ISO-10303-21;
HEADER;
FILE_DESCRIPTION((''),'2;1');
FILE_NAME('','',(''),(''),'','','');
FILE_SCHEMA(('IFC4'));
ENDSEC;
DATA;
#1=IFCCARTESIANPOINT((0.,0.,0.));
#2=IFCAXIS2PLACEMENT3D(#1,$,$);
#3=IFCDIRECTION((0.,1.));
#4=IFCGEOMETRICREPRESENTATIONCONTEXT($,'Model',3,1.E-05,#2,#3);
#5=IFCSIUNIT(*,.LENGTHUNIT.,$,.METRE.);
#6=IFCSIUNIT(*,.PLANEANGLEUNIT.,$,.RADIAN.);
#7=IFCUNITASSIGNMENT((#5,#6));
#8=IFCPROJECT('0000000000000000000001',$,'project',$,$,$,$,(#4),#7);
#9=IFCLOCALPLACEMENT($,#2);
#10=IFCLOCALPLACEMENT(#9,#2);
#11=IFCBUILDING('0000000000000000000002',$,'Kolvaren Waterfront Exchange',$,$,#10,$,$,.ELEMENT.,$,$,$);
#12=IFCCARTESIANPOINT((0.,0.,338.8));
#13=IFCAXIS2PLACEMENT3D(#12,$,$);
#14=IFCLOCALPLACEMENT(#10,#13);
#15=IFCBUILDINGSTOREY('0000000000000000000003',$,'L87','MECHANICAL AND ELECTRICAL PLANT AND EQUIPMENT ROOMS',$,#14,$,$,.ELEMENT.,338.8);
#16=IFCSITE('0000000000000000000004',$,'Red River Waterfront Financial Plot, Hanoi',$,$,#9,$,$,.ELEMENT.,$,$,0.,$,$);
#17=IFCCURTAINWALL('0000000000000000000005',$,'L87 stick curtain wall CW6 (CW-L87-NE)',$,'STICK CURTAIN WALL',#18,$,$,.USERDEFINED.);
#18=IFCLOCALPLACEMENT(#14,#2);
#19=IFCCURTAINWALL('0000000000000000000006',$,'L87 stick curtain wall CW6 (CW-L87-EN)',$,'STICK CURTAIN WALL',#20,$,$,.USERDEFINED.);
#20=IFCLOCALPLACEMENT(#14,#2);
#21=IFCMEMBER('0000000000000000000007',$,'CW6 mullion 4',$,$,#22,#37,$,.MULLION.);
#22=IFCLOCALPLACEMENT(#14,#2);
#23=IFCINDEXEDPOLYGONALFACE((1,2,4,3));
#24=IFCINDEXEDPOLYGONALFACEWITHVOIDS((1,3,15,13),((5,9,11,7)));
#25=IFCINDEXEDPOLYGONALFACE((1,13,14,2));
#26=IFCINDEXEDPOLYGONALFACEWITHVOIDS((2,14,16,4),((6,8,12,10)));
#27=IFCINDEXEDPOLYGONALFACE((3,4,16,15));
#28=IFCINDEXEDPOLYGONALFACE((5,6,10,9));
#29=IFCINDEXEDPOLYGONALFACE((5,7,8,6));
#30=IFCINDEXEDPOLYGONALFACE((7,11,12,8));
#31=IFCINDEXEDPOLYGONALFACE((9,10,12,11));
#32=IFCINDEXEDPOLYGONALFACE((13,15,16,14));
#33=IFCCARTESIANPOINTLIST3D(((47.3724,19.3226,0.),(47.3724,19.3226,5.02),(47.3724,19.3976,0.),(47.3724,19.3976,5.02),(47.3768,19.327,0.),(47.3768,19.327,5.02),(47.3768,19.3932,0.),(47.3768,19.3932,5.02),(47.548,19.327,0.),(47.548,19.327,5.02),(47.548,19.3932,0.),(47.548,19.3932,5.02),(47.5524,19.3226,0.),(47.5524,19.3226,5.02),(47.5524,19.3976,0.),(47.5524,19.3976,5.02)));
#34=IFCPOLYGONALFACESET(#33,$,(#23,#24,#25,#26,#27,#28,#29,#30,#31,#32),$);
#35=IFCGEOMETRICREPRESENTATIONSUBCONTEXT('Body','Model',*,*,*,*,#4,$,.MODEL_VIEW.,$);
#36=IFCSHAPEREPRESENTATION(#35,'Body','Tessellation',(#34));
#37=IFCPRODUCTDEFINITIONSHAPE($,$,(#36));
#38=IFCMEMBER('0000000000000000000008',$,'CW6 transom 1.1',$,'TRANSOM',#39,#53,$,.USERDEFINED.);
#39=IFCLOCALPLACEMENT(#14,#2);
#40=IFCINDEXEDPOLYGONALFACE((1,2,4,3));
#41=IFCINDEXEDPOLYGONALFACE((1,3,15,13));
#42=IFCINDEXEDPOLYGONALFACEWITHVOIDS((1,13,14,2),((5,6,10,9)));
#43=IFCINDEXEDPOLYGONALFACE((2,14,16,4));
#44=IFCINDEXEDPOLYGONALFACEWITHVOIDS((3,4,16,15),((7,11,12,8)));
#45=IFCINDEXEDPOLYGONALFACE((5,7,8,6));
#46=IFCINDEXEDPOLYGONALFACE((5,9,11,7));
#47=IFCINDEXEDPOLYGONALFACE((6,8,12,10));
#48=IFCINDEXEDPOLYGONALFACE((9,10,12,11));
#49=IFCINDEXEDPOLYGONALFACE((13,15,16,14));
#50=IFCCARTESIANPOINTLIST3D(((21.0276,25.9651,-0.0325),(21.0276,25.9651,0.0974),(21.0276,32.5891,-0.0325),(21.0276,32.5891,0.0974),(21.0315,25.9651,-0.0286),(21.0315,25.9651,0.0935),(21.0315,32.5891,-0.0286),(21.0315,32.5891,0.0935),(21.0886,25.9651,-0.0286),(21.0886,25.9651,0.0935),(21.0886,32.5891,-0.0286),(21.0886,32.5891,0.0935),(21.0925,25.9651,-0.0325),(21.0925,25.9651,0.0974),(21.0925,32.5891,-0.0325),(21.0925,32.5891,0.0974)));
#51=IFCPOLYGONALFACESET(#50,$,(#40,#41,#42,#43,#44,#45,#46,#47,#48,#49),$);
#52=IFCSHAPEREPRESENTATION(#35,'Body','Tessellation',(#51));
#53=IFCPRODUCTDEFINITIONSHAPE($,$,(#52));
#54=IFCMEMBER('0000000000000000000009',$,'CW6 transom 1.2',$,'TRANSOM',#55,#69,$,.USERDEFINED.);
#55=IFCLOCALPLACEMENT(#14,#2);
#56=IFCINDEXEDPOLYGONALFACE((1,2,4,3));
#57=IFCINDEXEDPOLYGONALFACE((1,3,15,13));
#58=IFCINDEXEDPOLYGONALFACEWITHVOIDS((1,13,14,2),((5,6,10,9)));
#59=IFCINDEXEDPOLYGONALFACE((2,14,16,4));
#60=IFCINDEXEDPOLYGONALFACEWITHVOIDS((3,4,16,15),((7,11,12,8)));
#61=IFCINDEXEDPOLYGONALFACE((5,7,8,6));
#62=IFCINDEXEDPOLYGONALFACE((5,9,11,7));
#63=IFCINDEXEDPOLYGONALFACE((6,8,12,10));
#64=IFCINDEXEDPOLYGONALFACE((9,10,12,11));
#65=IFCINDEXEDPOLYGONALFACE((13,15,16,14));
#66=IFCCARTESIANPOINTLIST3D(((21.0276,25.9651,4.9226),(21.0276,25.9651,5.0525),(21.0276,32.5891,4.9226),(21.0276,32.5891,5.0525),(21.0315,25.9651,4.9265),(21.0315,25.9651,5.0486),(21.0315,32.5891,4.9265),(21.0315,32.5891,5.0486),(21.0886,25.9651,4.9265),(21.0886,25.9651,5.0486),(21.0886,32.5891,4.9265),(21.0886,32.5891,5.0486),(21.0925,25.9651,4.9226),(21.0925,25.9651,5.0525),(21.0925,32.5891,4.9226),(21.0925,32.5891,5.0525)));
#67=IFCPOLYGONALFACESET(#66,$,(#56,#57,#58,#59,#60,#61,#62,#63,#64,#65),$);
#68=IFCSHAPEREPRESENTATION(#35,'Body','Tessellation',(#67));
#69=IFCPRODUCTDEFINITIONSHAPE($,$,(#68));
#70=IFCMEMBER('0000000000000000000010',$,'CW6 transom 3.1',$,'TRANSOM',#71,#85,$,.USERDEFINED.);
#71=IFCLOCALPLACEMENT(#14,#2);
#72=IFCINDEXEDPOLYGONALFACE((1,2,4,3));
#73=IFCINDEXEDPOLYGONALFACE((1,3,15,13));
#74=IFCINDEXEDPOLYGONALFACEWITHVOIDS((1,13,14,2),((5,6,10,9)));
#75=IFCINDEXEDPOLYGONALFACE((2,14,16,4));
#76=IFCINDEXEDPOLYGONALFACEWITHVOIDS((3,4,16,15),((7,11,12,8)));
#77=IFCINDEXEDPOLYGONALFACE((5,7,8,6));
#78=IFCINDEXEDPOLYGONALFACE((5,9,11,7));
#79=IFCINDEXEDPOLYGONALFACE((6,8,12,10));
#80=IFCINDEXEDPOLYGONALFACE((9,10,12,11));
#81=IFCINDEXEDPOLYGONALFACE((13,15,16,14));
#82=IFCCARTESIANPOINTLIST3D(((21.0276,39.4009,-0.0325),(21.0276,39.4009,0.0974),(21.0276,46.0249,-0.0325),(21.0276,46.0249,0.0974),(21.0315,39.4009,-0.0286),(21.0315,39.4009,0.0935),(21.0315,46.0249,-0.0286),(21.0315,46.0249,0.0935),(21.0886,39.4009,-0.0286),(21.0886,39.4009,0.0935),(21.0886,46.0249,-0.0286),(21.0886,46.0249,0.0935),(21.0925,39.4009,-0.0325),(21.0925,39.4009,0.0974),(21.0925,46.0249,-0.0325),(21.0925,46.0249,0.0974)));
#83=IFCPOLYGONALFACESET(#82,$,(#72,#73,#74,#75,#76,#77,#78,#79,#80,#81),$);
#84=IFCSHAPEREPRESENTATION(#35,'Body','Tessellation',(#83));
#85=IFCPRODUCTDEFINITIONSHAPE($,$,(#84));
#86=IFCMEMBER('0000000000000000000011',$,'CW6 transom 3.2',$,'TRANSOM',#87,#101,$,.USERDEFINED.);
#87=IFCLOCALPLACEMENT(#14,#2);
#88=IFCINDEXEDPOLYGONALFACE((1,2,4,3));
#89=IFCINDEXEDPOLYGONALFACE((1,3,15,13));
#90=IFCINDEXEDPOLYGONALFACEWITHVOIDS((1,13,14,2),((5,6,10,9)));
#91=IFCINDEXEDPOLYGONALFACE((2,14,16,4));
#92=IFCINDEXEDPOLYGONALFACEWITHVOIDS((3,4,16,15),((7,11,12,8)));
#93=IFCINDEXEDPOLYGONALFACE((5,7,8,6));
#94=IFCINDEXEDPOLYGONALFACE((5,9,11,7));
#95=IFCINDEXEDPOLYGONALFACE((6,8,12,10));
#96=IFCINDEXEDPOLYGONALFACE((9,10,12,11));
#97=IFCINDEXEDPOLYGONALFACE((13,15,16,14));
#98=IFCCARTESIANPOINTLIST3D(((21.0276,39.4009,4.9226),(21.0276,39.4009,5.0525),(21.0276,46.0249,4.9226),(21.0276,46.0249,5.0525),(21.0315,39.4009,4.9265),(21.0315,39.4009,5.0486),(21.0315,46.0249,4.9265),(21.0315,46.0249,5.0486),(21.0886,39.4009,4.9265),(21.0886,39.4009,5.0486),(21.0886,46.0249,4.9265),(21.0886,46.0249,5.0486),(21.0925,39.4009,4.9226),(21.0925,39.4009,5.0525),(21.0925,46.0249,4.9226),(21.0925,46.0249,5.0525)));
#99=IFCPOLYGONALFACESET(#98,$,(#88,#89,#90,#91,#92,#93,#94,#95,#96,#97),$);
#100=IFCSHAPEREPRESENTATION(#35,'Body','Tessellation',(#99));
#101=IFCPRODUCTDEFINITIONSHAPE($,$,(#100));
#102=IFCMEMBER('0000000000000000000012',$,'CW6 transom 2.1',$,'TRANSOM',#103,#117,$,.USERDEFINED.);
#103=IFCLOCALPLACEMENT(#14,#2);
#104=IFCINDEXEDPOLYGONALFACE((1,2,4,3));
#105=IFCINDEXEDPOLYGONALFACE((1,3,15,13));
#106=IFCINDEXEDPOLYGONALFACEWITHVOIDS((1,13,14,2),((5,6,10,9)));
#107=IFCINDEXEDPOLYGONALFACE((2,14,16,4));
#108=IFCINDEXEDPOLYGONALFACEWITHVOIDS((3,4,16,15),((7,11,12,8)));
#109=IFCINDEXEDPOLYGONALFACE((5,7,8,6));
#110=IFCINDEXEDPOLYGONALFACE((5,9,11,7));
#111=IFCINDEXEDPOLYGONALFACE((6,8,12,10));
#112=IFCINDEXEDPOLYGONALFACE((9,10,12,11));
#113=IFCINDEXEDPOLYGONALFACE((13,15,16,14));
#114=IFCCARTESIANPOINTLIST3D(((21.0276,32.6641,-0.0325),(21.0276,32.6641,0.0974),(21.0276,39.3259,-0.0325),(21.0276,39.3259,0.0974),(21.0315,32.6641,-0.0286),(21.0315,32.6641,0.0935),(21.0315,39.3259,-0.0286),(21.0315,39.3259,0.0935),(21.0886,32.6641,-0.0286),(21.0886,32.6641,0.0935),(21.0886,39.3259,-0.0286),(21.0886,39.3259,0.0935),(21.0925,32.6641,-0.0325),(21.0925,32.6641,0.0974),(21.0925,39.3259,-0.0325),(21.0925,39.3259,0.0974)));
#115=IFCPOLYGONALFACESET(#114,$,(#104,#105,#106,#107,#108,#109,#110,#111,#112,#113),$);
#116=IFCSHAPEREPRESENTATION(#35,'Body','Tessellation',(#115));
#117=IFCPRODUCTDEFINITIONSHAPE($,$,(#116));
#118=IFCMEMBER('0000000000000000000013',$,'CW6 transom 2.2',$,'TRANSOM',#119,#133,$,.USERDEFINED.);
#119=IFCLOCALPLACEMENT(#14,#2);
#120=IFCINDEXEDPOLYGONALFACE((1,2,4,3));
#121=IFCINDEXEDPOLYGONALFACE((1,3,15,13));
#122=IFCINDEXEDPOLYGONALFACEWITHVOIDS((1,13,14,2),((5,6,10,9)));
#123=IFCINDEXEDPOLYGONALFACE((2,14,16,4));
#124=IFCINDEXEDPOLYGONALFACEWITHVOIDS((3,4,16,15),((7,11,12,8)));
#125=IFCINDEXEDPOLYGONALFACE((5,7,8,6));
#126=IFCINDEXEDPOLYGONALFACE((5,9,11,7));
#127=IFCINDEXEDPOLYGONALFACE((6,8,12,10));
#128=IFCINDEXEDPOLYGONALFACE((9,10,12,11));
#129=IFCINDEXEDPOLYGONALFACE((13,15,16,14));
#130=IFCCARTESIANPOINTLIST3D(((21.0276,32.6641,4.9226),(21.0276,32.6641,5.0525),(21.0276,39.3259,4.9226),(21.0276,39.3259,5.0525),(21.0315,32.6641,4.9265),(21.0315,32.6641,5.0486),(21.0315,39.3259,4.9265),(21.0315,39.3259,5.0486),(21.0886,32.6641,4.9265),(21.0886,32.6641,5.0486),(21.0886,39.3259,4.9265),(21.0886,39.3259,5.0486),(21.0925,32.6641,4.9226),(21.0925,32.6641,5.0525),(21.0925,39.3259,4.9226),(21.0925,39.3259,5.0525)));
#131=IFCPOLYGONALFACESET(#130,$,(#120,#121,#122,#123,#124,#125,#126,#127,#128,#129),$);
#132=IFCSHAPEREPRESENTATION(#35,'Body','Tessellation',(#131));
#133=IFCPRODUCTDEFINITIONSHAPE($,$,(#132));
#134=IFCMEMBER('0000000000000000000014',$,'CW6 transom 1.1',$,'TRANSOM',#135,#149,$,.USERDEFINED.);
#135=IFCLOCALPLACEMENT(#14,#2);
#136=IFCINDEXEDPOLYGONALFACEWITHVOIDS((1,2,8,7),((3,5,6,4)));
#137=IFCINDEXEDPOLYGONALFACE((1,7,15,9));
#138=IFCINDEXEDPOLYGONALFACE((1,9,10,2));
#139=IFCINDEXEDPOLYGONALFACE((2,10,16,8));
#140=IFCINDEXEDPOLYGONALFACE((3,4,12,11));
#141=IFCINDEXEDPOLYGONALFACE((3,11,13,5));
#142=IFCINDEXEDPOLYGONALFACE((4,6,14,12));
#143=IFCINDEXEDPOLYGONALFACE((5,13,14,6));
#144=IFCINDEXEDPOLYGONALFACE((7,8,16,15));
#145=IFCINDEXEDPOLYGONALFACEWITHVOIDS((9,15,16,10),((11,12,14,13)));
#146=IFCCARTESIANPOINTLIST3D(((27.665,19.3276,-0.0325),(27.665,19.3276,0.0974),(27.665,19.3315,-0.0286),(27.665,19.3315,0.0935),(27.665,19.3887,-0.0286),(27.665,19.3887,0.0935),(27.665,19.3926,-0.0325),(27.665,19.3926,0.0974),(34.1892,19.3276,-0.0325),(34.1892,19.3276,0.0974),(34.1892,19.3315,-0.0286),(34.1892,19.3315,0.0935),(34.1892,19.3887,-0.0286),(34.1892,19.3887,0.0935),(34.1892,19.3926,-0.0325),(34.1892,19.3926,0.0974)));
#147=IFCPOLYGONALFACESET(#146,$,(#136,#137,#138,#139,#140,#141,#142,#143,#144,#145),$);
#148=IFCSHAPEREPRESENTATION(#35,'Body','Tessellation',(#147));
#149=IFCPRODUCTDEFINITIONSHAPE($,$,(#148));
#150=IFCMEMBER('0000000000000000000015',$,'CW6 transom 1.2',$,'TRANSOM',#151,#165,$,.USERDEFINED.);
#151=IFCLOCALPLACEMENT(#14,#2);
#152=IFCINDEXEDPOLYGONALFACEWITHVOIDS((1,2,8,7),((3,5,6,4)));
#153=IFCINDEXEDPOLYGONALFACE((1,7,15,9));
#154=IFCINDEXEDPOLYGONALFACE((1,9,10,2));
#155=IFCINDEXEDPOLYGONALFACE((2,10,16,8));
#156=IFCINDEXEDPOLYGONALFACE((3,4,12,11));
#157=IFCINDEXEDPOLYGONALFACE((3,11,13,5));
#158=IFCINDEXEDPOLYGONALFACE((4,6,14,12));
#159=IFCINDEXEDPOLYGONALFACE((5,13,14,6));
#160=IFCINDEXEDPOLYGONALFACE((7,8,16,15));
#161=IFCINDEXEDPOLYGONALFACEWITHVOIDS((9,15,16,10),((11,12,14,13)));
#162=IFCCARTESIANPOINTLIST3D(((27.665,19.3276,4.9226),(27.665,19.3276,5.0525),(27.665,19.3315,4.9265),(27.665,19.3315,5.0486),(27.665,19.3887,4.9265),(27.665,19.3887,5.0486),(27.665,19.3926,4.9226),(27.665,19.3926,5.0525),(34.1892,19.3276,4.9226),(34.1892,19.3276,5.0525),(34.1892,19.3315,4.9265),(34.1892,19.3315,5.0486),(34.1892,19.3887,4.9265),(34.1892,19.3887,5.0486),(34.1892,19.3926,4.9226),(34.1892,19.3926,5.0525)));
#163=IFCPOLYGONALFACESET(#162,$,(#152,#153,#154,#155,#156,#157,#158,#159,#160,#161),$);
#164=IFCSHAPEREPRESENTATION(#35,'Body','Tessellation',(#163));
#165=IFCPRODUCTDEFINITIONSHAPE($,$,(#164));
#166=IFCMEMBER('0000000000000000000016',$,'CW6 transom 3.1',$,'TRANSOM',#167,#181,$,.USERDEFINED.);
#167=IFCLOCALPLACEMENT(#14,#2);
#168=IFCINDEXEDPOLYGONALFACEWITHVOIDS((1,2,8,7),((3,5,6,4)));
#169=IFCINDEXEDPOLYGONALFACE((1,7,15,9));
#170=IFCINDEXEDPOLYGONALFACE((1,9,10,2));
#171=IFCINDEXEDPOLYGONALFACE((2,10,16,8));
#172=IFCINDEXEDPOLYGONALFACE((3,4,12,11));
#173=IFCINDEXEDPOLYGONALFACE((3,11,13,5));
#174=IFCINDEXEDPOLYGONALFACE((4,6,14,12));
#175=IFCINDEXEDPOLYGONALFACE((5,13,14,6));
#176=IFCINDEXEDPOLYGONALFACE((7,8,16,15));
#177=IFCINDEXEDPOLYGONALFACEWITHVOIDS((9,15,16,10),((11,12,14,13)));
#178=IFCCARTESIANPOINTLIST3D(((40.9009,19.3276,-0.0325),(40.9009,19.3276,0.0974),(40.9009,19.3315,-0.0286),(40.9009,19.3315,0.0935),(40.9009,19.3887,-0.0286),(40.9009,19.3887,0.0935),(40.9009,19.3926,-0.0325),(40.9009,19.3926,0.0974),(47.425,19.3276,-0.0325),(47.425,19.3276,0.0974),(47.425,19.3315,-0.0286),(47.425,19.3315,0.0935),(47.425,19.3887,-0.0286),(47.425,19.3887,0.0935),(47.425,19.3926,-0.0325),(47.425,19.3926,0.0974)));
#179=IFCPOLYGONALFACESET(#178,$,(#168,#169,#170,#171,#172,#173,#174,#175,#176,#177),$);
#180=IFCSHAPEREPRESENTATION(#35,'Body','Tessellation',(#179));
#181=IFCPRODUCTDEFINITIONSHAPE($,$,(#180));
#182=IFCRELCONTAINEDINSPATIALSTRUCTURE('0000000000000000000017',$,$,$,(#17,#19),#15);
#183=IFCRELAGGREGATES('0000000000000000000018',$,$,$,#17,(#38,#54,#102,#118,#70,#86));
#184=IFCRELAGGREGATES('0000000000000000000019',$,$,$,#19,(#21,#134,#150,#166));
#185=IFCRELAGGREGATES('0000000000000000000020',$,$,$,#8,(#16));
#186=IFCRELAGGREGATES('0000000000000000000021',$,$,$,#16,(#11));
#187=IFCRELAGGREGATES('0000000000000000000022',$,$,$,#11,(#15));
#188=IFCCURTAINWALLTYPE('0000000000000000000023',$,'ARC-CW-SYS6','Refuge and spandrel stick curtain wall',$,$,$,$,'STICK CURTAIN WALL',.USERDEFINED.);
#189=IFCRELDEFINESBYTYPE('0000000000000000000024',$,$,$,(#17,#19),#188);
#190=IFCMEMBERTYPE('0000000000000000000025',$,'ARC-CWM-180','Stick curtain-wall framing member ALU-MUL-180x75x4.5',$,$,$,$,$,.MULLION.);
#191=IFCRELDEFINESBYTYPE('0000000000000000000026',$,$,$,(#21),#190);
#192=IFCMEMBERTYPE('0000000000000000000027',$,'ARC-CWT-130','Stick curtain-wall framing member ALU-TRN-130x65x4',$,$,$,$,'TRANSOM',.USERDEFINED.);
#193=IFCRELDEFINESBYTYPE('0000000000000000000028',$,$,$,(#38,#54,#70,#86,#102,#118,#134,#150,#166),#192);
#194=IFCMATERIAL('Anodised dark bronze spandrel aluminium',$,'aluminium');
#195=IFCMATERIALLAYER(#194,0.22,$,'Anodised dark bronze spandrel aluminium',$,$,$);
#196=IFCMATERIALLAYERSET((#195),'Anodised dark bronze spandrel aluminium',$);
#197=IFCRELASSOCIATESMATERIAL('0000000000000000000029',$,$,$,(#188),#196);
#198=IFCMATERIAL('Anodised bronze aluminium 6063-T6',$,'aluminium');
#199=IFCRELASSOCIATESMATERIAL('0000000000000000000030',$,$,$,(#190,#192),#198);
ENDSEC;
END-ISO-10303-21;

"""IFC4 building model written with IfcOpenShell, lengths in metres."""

from ifc_helpers import new_model, si_unit, direction, frame, origin, origin_with_axes, origin_2d, place, context, subcontext, project, spatial, hollow_rectangle, extrude, source, transform, mapped, material, layer, layer_set, material_profile, profile_set, type_object, element, aggregate, save


model = new_model("IFC4")

# Units and contexts
model_context = context("Model", 3, precision=1e-05, world=origin(), true_north=direction((0.0, 1.0)))
body_context = subcontext(model_context, "Body", "Model", "MODEL_VIEW")
ifc_project = project(units=[si_unit("LENGTHUNIT", "METRE"), si_unit("PLANEANGLEUNIT", "RADIAN")], contexts=[model_context])

# Site, building, storey
site_placement = place(None, origin())
site = spatial("IfcSite", under=ifc_project, at=site_placement, Name="Red River Waterfront Financial Plot, Hanoi", CompositionType="ELEMENT", RefElevation=0.0)
building_placement = place(site_placement, origin())
building = spatial("IfcBuilding", under=site, at=building_placement, Name="Kolvaren Waterfront Exchange", CompositionType="ELEMENT")
storey_placement = place(building_placement, frame((0.0, 0.0, 338.8)))
storey = spatial("IfcBuildingStorey", under=building, at=storey_placement, Name="L87", Description="MECHANICAL AND ELECTRICAL PLANT AND EQUIPMENT ROOMS", CompositionType="ELEMENT", Elevation=338.8)

# Curtain walls, member
ifc_material_1 = material(Name="Anodised dark bronze spandrel aluminium", Category="aluminium")
ifc_layer_1 = layer(ifc_material_1, 0.22, Name="Anodised dark bronze spandrel aluminium")
ifc_layer_set_1 = layer_set([ifc_layer_1], Name="Anodised dark bronze spandrel aluminium")
curtain_wall_type = type_object("IfcCurtainWallType", Name="ARC-CW-SYS6", Description="Refuge and spandrel stick curtain wall", ElementType="STICK CURTAIN WALL", PredefinedType="USERDEFINED", material=ifc_layer_set_1)
curtain_wall_1_placement = place(storey_placement, origin())
curtain_wall_1 = element("IfcCurtainWall", 1, at=curtain_wall_1_placement, inside=storey, type_object=curtain_wall_type, Name="L87 stick curtain wall CW6 (CW-L87-NE)", ObjectType="STICK CURTAIN WALL", PredefinedType="USERDEFINED")
ifc_material_2 = material(Name="Anodised bronze aluminium 6063-T6", Category="aluminium")
ifc_material_profile_1 = material_profile(ifc_material_2, hollow_rectangle(XDim=0.075, YDim=0.1799, WallThickness=0.0044, at=origin_2d()), Name="ALU-MUL-180x75x4.5")
ifc_profile_set_1 = profile_set([ifc_material_profile_1], Name="Anodised bronze aluminium 6063-T6")
member_type_1 = type_object("IfcMemberType", Name="ARC-CWM-180", Description="Stick curtain-wall framing member ALU-MUL-180x75x4.5", PredefinedType="MULLION", material=ifc_profile_set_1)
shared_shape_1 = source(origin_with_axes(), body_context, "Body", "SweptSolid", [
    extrude(hollow_rectangle(XDim=0.075, YDim=0.1799, WallThickness=0.0044, at=origin_2d()), origin(), (0.0, 0.0, 1.0), 5.02),
])
curtain_wall_2_placement = place(storey_placement, origin())
curtain_wall_2 = element("IfcCurtainWall", 2, at=curtain_wall_2_placement, inside=storey, type_object=curtain_wall_type, Name="L87 stick curtain wall CW6 (CW-L87-EN)", ObjectType="STICK CURTAIN WALL", PredefinedType="USERDEFINED")
member_1_placement = place(storey_placement, frame((47.4624, 19.3601, 0.0), z_axis=(0.0, 0.0, 1.0), x_axis=(0.0, 1.0, 0.0)))
member_1 = element("IfcMember", 3, at=member_1_placement, type_object=member_type_1, Name="CW6 mullion 4", PredefinedType="MULLION", context=body_context, shape_type="MappedRepresentation", body=[
    mapped(shared_shape_1, transform((0.0, 0.0, 0.0), x_axis=(1.0, 0.0, 0.0), y_axis=(0.0, 1.0, 0.0), z_axis=(0.0, 0.0, 1.0), scale=1.0)),
])

# Members
ifc_material_profile_2 = material_profile(ifc_material_2, hollow_rectangle(XDim=0.0649, YDim=0.1299, WallThickness=0.0039, at=origin_2d()), Name="ALU-TRN-130x65x4")
ifc_profile_set_2 = profile_set([ifc_material_profile_2], Name="Anodised bronze aluminium 6063-T6")
member_type_2 = type_object("IfcMemberType", Name="ARC-CWT-130", Description="Stick curtain-wall framing member ALU-TRN-130x65x4", ElementType="TRANSOM", PredefinedType="USERDEFINED", material=ifc_profile_set_2)
shared_shape_2 = source(origin_with_axes(), body_context, "Body", "SweptSolid", [
    extrude(hollow_rectangle(XDim=0.0649, YDim=0.1299, WallThickness=0.0039, at=origin_2d()), origin(), (0.0, 0.0, 1.0), 6.624),
])
member_2_placement = place(storey_placement, frame((21.0601, 25.9651, 0.0325), z_axis=(0.0, 1.0, 0.0), x_axis=(-1.0, 0.0, 0.0)))
member_2 = element("IfcMember", 4, at=member_2_placement, type_object=member_type_2, Name="CW6 transom 1.1", ObjectType="TRANSOM", PredefinedType="USERDEFINED", context=body_context, shape_type="MappedRepresentation", body=[
    mapped(shared_shape_2, transform((0.0, 0.0, 0.0), x_axis=(1.0, 0.0, 0.0), y_axis=(0.0, 1.0, 0.0), z_axis=(0.0, 0.0, 1.0), scale=1.0)),
])
member_3_placement = place(storey_placement, frame((21.0601, 25.9651, 4.9875), z_axis=(0.0, 1.0, 0.0), x_axis=(-1.0, 0.0, 0.0)))
member_3 = element("IfcMember", 5, at=member_3_placement, type_object=member_type_2, Name="CW6 transom 1.2", ObjectType="TRANSOM", PredefinedType="USERDEFINED", context=body_context, shape_type="MappedRepresentation", body=[
    mapped(shared_shape_2, transform((0.0, 0.0, 0.0), x_axis=(1.0, 0.0, 0.0), y_axis=(0.0, 1.0, 0.0), z_axis=(0.0, 0.0, 1.0), scale=1.0)),
])
member_4_placement = place(storey_placement, frame((21.0601, 39.4009, 0.0325), z_axis=(0.0, 1.0, 0.0), x_axis=(-1.0, 0.0, 0.0)))
member_4 = element("IfcMember", 6, at=member_4_placement, type_object=member_type_2, Name="CW6 transom 3.1", ObjectType="TRANSOM", PredefinedType="USERDEFINED", context=body_context, shape_type="MappedRepresentation", body=[
    mapped(shared_shape_2, transform((0.0, 0.0, 0.0), x_axis=(1.0, 0.0, 0.0), y_axis=(0.0, 1.0, 0.0), z_axis=(0.0, 0.0, 1.0), scale=1.0)),
])
member_5_placement = place(storey_placement, frame((21.0601, 39.4009, 4.9875), z_axis=(0.0, 1.0, 0.0), x_axis=(-1.0, 0.0, 0.0)))
member_5 = element("IfcMember", 7, at=member_5_placement, type_object=member_type_2, Name="CW6 transom 3.2", ObjectType="TRANSOM", PredefinedType="USERDEFINED", context=body_context, shape_type="MappedRepresentation", body=[
    mapped(shared_shape_2, transform((0.0, 0.0, 0.0), x_axis=(1.0, 0.0, 0.0), y_axis=(0.0, 1.0, 0.0), z_axis=(0.0, 0.0, 1.0), scale=1.0)),
])
shared_shape_3 = source(origin_with_axes(), body_context, "Body", "SweptSolid", [
    extrude(hollow_rectangle(XDim=0.0649, YDim=0.1299, WallThickness=0.0039, at=origin_2d()), origin(), (0.0, 0.0, 1.0), 6.6619),
])
member_6_placement = place(storey_placement, frame((21.0601, 32.6641, 0.0325), z_axis=(0.0, 1.0, 0.0), x_axis=(-1.0, 0.0, 0.0)))
member_6 = element("IfcMember", 8, at=member_6_placement, type_object=member_type_2, Name="CW6 transom 2.1", ObjectType="TRANSOM", PredefinedType="USERDEFINED", context=body_context, shape_type="MappedRepresentation", body=[
    mapped(shared_shape_3, transform((0.0, 0.0, 0.0), x_axis=(1.0, 0.0, 0.0), y_axis=(0.0, 1.0, 0.0), z_axis=(0.0, 0.0, 1.0), scale=1.0)),
])
member_7_placement = place(storey_placement, frame((21.0601, 32.6641, 4.9875), z_axis=(0.0, 1.0, 0.0), x_axis=(-1.0, 0.0, 0.0)))
member_7 = element("IfcMember", 9, at=member_7_placement, type_object=member_type_2, Name="CW6 transom 2.2", ObjectType="TRANSOM", PredefinedType="USERDEFINED", context=body_context, shape_type="MappedRepresentation", body=[
    mapped(shared_shape_3, transform((0.0, 0.0, 0.0), x_axis=(1.0, 0.0, 0.0), y_axis=(0.0, 1.0, 0.0), z_axis=(0.0, 0.0, 1.0), scale=1.0)),
])
shared_shape_4 = source(origin_with_axes(), body_context, "Body", "SweptSolid", [
    extrude(hollow_rectangle(XDim=0.0649, YDim=0.1299, WallThickness=0.0039, at=origin_2d()), origin(), (0.0, 0.0, 1.0), 6.5242),
])
member_8_placement = place(storey_placement, frame((27.665, 19.3601, 0.0325), z_axis=(1.0, 0.0, 0.0), x_axis=(0.0, 1.0, 0.0)))
member_8 = element("IfcMember", 10, at=member_8_placement, type_object=member_type_2, Name="CW6 transom 1.1", ObjectType="TRANSOM", PredefinedType="USERDEFINED", context=body_context, shape_type="MappedRepresentation", body=[
    mapped(shared_shape_4, transform((0.0, 0.0, 0.0), x_axis=(1.0, 0.0, 0.0), y_axis=(0.0, 1.0, 0.0), z_axis=(0.0, 0.0, 1.0), scale=1.0)),
])
member_9_placement = place(storey_placement, frame((27.665, 19.3601, 4.9875), z_axis=(1.0, 0.0, 0.0), x_axis=(0.0, 1.0, 0.0)))
member_9 = element("IfcMember", 11, at=member_9_placement, type_object=member_type_2, Name="CW6 transom 1.2", ObjectType="TRANSOM", PredefinedType="USERDEFINED", context=body_context, shape_type="MappedRepresentation", body=[
    mapped(shared_shape_4, transform((0.0, 0.0, 0.0), x_axis=(1.0, 0.0, 0.0), y_axis=(0.0, 1.0, 0.0), z_axis=(0.0, 0.0, 1.0), scale=1.0)),
])
member_10_placement = place(storey_placement, frame((40.9009, 19.3601, 0.0325), z_axis=(1.0, 0.0, 0.0), x_axis=(0.0, 1.0, 0.0)))
member_10 = element("IfcMember", 12, at=member_10_placement, type_object=member_type_2, Name="CW6 transom 3.1", ObjectType="TRANSOM", PredefinedType="USERDEFINED", context=body_context, shape_type="MappedRepresentation", body=[
    mapped(shared_shape_4, transform((0.0, 0.0, 0.0), x_axis=(1.0, 0.0, 0.0), y_axis=(0.0, 1.0, 0.0), z_axis=(0.0, 0.0, 1.0), scale=1.0)),
])

aggregate(curtain_wall_1, [member_2, member_3, member_6, member_7, member_4, member_5])
aggregate(curtain_wall_2, [member_1, member_8, member_9, member_10])

save(model, "model.ifc")
